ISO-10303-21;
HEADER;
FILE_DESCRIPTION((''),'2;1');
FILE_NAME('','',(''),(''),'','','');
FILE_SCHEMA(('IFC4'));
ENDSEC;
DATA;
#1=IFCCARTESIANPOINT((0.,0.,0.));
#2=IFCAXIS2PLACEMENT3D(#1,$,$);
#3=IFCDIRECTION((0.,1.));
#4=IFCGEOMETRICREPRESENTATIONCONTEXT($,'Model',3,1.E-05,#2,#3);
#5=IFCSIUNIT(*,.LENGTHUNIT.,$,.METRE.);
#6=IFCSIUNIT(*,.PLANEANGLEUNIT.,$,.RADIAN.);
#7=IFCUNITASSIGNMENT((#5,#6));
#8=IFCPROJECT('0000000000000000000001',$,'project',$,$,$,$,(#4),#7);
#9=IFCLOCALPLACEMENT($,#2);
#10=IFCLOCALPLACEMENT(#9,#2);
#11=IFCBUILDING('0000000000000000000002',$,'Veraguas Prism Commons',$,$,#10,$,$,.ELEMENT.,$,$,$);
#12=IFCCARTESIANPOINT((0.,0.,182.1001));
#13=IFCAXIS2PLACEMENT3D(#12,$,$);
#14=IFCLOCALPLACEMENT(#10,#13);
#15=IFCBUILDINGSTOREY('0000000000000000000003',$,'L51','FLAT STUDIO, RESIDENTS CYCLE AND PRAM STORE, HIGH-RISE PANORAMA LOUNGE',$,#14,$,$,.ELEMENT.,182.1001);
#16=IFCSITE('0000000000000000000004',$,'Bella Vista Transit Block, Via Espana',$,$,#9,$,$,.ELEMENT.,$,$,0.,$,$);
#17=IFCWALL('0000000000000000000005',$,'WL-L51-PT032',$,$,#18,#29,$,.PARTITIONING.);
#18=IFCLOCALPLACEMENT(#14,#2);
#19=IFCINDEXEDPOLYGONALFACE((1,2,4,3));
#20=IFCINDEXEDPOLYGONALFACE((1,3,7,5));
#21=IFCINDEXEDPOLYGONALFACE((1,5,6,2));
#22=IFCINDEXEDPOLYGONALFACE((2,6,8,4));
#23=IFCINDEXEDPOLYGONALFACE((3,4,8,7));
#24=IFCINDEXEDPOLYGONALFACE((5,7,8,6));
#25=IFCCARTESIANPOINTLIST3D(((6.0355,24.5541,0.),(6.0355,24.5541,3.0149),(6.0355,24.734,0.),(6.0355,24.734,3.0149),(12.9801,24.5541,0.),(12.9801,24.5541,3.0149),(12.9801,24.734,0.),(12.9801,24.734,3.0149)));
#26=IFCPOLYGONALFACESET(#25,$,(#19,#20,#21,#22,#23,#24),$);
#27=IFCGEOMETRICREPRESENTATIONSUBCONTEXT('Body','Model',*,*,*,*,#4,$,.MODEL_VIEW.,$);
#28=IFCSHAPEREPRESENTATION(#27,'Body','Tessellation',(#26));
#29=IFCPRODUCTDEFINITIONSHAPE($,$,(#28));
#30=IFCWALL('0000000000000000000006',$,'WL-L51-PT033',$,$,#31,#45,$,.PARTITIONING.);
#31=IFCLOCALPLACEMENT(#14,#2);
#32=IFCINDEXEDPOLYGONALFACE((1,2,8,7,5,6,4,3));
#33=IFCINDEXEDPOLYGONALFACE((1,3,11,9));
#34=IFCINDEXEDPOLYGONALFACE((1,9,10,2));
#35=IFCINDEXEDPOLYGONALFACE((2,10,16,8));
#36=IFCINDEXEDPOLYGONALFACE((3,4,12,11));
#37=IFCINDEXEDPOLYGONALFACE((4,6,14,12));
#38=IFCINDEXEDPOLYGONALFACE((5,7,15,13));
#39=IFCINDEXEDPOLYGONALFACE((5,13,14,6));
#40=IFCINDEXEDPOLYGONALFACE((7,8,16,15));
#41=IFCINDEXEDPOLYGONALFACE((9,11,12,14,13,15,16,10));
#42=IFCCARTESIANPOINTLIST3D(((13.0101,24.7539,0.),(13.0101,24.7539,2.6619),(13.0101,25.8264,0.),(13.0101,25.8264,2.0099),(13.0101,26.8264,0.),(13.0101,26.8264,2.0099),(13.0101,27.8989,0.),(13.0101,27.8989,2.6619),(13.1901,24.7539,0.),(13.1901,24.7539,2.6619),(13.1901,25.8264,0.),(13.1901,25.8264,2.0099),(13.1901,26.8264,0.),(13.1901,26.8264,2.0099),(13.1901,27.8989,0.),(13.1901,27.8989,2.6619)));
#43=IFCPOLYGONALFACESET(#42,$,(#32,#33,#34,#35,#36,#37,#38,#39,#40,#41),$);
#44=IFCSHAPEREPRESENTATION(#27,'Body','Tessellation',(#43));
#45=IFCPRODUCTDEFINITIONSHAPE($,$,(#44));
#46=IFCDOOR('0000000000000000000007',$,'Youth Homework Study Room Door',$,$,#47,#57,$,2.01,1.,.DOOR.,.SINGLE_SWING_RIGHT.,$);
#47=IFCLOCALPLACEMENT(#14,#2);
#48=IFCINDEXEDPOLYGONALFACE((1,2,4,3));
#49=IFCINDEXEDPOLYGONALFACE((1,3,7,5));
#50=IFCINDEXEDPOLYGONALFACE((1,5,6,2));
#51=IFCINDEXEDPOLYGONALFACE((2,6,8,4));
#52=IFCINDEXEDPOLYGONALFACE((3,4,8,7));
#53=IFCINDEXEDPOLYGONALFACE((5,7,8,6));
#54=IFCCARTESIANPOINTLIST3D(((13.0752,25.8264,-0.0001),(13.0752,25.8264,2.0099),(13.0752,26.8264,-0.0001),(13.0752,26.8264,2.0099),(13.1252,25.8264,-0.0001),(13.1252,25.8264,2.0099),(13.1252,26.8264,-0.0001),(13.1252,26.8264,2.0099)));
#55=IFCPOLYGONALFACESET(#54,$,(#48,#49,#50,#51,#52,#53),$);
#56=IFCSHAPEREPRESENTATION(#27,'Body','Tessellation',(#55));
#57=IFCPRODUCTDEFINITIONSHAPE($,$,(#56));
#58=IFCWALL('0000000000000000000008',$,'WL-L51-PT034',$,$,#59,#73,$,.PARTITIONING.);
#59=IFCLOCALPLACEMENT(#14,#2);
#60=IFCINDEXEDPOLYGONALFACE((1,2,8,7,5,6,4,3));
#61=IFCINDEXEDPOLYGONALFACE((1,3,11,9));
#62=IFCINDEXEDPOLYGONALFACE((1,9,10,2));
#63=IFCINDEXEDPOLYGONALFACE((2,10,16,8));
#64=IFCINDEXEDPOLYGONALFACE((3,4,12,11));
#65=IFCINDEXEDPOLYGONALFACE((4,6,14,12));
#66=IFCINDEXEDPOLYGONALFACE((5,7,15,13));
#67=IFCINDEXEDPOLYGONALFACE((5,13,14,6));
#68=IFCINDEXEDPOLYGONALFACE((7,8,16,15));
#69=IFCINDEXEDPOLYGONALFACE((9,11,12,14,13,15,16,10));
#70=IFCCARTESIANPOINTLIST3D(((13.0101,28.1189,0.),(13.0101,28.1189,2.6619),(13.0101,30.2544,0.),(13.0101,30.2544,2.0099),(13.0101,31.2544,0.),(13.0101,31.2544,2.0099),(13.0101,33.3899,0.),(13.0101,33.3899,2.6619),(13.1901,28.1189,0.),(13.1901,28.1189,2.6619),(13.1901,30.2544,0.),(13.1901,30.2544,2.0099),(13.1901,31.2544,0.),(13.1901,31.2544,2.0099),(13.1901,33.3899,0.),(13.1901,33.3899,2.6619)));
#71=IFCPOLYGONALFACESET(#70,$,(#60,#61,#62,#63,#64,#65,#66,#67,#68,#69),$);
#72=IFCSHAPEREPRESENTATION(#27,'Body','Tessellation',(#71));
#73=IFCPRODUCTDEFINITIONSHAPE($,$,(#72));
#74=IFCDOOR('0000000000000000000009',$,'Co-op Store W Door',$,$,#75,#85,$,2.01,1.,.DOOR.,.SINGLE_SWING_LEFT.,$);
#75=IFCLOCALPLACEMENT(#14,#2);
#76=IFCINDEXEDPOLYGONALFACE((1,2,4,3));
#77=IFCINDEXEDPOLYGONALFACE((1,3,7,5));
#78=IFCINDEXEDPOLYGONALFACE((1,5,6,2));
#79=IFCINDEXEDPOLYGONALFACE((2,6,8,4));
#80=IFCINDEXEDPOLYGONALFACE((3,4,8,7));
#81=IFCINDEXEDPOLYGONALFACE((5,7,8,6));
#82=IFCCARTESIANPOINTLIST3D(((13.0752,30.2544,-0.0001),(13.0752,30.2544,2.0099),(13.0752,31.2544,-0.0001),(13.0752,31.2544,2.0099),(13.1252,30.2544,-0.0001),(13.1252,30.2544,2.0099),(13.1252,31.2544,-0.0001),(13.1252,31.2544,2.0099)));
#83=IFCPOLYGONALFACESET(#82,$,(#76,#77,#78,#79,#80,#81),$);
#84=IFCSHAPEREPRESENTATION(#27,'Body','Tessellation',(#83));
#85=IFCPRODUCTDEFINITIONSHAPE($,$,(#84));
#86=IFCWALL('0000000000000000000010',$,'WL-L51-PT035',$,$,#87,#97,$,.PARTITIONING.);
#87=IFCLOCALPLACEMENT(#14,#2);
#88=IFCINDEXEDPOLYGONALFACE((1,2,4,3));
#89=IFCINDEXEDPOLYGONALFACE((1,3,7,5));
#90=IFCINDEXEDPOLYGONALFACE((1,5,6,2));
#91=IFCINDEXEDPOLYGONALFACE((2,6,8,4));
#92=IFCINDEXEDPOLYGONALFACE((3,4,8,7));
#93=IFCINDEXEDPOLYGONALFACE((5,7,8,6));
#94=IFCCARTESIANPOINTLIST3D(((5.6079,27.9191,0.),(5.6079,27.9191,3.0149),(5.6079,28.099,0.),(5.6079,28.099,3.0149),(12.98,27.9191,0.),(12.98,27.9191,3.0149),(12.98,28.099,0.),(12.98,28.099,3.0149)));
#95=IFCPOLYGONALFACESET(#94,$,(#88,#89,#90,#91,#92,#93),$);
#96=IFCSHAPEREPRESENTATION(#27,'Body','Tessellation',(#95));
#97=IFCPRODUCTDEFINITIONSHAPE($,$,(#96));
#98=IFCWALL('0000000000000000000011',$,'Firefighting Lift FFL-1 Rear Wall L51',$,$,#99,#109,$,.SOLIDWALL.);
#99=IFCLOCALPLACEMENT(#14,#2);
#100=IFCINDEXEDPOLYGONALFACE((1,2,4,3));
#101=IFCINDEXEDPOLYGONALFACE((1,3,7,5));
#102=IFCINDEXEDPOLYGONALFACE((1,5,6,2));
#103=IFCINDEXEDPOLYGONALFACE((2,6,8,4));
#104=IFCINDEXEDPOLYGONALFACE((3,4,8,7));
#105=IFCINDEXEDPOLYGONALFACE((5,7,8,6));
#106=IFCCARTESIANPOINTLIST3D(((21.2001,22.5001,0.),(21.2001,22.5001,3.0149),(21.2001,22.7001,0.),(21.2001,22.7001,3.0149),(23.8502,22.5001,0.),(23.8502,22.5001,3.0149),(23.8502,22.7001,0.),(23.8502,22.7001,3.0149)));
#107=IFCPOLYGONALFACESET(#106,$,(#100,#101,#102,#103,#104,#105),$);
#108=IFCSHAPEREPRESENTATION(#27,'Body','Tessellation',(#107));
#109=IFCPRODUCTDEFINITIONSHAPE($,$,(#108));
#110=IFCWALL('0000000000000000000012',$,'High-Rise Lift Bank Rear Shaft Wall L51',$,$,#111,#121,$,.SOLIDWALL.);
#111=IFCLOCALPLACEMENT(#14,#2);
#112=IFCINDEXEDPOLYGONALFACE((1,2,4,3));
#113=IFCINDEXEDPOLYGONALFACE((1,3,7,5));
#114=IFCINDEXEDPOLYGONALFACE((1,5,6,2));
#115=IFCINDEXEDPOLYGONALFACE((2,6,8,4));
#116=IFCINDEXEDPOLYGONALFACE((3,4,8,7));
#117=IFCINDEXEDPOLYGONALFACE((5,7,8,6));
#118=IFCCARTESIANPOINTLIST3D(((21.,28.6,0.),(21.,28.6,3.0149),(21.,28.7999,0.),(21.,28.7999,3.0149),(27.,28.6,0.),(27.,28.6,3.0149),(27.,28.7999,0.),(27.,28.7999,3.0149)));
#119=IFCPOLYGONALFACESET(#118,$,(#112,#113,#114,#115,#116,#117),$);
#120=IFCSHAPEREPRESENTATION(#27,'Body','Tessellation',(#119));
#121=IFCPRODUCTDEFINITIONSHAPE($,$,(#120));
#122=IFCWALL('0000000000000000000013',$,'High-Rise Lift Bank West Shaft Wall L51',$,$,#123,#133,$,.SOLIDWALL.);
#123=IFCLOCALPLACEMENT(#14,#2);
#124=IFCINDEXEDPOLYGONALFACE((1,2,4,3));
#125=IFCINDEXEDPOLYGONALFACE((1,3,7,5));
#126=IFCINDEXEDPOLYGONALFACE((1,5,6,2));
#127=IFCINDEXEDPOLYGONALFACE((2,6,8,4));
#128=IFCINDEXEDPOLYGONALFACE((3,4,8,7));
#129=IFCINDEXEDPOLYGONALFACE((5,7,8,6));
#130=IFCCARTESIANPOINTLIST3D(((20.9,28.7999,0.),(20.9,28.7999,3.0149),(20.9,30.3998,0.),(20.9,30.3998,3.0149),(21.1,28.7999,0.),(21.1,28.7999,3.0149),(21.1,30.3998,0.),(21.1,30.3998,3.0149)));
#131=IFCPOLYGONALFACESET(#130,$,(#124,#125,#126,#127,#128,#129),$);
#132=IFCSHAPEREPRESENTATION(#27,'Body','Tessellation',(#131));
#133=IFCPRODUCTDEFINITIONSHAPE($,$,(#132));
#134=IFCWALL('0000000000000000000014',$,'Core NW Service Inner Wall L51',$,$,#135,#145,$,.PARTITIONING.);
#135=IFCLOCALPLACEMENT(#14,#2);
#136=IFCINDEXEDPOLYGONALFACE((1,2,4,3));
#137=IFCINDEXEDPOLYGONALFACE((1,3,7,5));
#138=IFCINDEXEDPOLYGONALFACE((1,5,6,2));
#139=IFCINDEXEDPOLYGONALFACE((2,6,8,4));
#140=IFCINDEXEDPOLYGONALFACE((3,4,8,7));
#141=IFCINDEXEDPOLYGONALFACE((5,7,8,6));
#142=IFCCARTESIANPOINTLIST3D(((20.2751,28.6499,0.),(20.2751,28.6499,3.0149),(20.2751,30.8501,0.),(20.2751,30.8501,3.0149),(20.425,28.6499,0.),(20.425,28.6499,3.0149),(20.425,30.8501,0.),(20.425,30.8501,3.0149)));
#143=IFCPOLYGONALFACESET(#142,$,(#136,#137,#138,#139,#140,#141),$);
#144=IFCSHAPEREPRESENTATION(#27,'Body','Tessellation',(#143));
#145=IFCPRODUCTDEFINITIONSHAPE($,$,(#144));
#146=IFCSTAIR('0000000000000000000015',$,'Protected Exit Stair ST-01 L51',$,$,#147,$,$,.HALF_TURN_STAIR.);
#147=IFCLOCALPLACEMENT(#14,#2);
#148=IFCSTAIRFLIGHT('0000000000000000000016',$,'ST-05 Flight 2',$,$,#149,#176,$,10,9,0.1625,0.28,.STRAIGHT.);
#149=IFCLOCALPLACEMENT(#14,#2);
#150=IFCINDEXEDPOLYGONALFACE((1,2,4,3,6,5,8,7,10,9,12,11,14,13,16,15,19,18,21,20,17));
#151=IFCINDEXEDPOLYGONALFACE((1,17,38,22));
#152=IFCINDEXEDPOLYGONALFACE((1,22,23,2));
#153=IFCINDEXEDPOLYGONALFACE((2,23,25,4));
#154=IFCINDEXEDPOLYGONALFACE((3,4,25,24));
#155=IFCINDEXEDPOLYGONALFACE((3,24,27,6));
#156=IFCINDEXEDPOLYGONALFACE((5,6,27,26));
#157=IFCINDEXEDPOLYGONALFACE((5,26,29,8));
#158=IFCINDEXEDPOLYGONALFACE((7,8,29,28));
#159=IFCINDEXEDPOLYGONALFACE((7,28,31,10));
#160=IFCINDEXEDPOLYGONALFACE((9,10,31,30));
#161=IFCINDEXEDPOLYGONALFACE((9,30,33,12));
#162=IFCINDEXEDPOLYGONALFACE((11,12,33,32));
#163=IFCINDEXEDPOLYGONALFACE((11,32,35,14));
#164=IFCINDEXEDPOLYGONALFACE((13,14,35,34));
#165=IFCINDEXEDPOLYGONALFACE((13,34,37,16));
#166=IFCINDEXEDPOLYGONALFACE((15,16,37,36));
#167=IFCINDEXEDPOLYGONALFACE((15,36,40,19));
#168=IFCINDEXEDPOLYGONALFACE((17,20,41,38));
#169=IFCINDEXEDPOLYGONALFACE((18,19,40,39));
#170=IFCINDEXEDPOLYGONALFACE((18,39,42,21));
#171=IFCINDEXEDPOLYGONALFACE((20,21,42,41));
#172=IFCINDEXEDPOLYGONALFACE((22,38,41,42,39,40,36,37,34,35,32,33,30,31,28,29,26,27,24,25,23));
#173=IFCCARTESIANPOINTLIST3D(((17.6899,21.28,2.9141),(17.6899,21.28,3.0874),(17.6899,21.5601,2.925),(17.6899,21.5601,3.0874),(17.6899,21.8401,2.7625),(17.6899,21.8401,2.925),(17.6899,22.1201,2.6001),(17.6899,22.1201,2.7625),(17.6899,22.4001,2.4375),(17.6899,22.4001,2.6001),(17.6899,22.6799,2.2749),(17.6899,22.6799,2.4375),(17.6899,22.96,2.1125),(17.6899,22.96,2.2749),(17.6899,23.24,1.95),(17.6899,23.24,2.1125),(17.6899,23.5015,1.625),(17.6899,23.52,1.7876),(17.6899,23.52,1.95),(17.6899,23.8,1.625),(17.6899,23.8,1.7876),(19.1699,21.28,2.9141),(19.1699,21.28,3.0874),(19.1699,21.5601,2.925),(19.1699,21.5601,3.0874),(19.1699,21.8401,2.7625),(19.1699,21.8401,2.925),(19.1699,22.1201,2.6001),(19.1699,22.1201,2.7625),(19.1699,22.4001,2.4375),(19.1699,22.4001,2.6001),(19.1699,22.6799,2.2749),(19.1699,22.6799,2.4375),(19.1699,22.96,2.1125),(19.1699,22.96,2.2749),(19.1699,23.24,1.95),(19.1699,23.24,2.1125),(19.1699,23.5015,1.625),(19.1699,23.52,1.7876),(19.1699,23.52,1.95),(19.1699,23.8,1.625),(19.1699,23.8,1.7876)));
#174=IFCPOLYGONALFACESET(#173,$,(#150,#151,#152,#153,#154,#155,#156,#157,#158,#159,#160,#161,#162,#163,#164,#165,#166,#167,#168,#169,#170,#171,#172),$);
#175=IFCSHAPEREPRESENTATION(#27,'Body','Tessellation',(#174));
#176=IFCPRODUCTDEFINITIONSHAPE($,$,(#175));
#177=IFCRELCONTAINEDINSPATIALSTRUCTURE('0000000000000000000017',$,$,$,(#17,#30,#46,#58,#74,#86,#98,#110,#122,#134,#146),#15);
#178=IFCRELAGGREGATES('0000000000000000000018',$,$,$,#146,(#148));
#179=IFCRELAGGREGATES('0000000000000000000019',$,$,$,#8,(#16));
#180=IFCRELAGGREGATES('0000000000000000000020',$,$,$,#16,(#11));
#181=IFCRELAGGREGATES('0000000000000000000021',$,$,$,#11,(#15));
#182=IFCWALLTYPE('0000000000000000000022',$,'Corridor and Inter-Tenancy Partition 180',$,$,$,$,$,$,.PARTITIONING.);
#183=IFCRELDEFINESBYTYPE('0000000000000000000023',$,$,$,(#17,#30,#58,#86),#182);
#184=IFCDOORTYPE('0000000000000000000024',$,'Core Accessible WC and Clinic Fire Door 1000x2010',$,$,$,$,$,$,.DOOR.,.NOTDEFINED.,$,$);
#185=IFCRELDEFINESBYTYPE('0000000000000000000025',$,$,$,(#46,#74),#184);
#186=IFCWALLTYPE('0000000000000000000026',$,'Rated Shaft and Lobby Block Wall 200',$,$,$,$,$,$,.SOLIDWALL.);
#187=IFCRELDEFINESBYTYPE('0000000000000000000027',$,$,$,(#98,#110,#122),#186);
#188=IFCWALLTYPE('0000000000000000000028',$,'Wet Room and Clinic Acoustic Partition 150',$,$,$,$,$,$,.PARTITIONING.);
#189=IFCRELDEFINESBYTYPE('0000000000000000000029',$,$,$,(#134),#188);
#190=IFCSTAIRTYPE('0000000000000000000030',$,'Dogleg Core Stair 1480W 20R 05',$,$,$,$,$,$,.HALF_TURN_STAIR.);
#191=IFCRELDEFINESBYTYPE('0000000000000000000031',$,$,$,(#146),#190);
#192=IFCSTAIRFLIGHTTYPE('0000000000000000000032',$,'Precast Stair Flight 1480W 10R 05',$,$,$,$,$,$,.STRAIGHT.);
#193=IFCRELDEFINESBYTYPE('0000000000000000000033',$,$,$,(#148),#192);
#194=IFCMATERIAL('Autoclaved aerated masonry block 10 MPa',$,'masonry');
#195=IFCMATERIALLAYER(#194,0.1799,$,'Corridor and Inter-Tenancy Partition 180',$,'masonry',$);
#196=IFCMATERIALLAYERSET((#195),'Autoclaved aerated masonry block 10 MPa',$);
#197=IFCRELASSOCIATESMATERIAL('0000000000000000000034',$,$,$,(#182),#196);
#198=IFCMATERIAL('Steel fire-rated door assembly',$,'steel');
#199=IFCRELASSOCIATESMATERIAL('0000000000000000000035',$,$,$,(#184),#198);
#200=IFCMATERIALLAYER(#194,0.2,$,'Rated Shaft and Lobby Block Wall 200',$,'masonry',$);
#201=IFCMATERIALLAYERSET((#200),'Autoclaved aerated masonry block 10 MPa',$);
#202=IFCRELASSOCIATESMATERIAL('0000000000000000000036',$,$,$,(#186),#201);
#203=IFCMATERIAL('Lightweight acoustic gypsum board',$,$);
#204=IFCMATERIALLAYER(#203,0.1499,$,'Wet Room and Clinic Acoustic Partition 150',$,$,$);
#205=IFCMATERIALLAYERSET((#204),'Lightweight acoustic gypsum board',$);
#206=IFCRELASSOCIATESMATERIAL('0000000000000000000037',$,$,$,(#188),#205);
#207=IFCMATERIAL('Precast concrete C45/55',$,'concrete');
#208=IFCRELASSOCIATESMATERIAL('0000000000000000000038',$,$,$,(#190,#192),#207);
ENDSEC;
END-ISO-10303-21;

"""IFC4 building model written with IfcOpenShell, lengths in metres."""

from ifc_helpers import new_model, si_unit, direction, frame, frame_2d, origin, place, context, subcontext, project, spatial, polyline, rectangle, outline, extrude, source, transform, mapped, material, layer, layer_set, type_object, element, fill, aggregate, save


model = new_model("IFC4")

# Units and contexts
model_context = context("Model", 3, precision=1e-05, world=origin(), true_north=direction((0.0, 1.0)))
body_context = subcontext(model_context, "Body", "Model", "MODEL_VIEW")
ifc_project = project(units=[si_unit("LENGTHUNIT", "METRE"), si_unit("PLANEANGLEUNIT", "RADIAN")], contexts=[model_context])

# Site, building, storey
site_placement = place(None, origin())
site = spatial("IfcSite", under=ifc_project, at=site_placement, Name="Bella Vista Transit Block, Via Espana", CompositionType="ELEMENT", RefElevation=0.0)
building_placement = place(site_placement, origin())
building = spatial("IfcBuilding", under=site, at=building_placement, Name="Veraguas Prism Commons", CompositionType="ELEMENT")
storey_placement = place(building_placement, frame((0.0, 0.0, 182.1001)))
storey = spatial("IfcBuildingStorey", under=building, at=storey_placement, Name="L51", Description="FLAT STUDIO, RESIDENTS CYCLE AND PRAM STORE, HIGH-RISE PANORAMA LOUNGE", CompositionType="ELEMENT", Elevation=182.1001)

# Shared definitions
ifc_material_1 = material(Name="Steel fire-rated door assembly", Category="steel")

# Wall
ifc_material_2 = material(Name="Autoclaved aerated masonry block 10 MPa", Category="masonry")
ifc_layer_1 = layer(ifc_material_2, 0.1799, Name="Corridor and Inter-Tenancy Partition 180", Category="masonry")
ifc_layer_set_1 = layer_set([ifc_layer_1], Name="Autoclaved aerated masonry block 10 MPa")
wall_type_1 = type_object("IfcWallType", Name="Corridor and Inter-Tenancy Partition 180", PredefinedType="PARTITIONING", material=ifc_layer_set_1)
wall_1_placement = place(storey_placement, frame((12.98, 24.644, 0.0), z_axis=(0.0, 0.0, 1.0), x_axis=(-1.0, 0.0, 0.0)))
element("IfcWall", 1, at=wall_1_placement, inside=storey, type_object=wall_type_1, Name="WL-L51-PT032", PredefinedType="PARTITIONING", context=body_context, shape_type="SweptSolid", body=[
    extrude(rectangle(XDim=6.9446, YDim=0.1799, at=frame_2d((3.4722, 0.0))), origin(), (0.0, 0.0, 1.0), 3.0149),
])

# Walls, openings, doors
wall_2_placement = place(storey_placement, frame((13.1001, 24.7539, 0.0), z_axis=(0.0, 0.0, 1.0), x_axis=(0.0, 1.0, 0.0)))
wall_2 = element("IfcWall", 2, at=wall_2_placement, inside=storey, type_object=wall_type_1, Name="WL-L51-PT033", PredefinedType="PARTITIONING", context=body_context, shape_type="SweptSolid", body=[
    extrude(rectangle(XDim=3.145, YDim=0.1799, at=frame_2d((1.5725, 0.0))), origin(), (0.0, 0.0, 1.0), 2.6619),
])
opening_1_placement = place(wall_2_placement, frame((1.0725, 0.0, 0.0)))
opening_1 = element("IfcOpeningElement", 3, at=opening_1_placement, cuts=wall_2, PredefinedType="OPENING", context=body_context, shape_type="SweptSolid", body=[
    extrude(rectangle(XDim=1.0, YDim=2.01, at=frame_2d((0.5, 1.0049))), frame((0.0, 0.0999, 0.0), z_axis=(0.0, -1.0, 0.0), x_axis=(1.0, 0.0, 0.0)), (0.0, 0.0, 1.0), 0.2),
])
door_type_1 = type_object("IfcDoorType", Name="Core Accessible WC and Clinic Fire Door 1000x2010", OperationType="NOTDEFINED", PredefinedType="DOOR", material=ifc_material_1)
shared_shape_1 = source(origin(), body_context, "Body", "SweptSolid", [
    extrude(rectangle(XDim=1.0, YDim=2.01, at=frame_2d((0.5, 1.0049))), frame((0.0, 0.0249, 0.0), z_axis=(0.0, -1.0, 0.0), x_axis=(1.0, 0.0, 0.0)), (0.0, 0.0, 1.0), 0.05),
])
door_1_placement = place(opening_1_placement, origin())
door_1 = element("IfcDoor", 4, at=door_1_placement, inside=storey, type_object=door_type_1, Name="Youth Homework Study Room Door", OperationType="SINGLE_SWING_RIGHT", OverallHeight=2.01, OverallWidth=1.0, PredefinedType="DOOR", context=body_context, shape_type="MappedRepresentation", body=[
    mapped(shared_shape_1, transform((0.0, 0.0, 0.0), scale=1.0)),
])
fill(opening_1, door_1)
wall_3_placement = place(storey_placement, frame((13.1001, 28.1189, 0.0), z_axis=(0.0, 0.0, 1.0), x_axis=(0.0, 1.0, 0.0)))
wall_3 = element("IfcWall", 5, at=wall_3_placement, inside=storey, type_object=wall_type_1, Name="WL-L51-PT034", PredefinedType="PARTITIONING", context=body_context, shape_type="SweptSolid", body=[
    extrude(rectangle(XDim=5.271, YDim=0.1799, at=frame_2d((2.6355, 0.0))), origin(), (0.0, 0.0, 1.0), 2.6619),
])
opening_2_placement = place(wall_3_placement, frame((2.1355, 0.0, 0.0)))
opening_2 = element("IfcOpeningElement", 6, at=opening_2_placement, cuts=wall_3, PredefinedType="OPENING", context=body_context, shape_type="SweptSolid", body=[
    extrude(rectangle(XDim=1.0, YDim=2.01, at=frame_2d((0.5, 1.0049))), frame((0.0, 0.0999, 0.0), z_axis=(0.0, -1.0, 0.0), x_axis=(1.0, 0.0, 0.0)), (0.0, 0.0, 1.0), 0.2),
])
door_2_placement = place(opening_2_placement, origin())
door_2 = element("IfcDoor", 7, at=door_2_placement, inside=storey, type_object=door_type_1, Name="Co-op Store W Door", OperationType="SINGLE_SWING_LEFT", OverallHeight=2.01, OverallWidth=1.0, PredefinedType="DOOR", context=body_context, shape_type="MappedRepresentation", body=[
    mapped(shared_shape_1, transform((0.0, 0.0, 0.0), scale=1.0)),
])
fill(opening_2, door_2)

# Walls
wall_4_placement = place(storey_placement, frame((12.98, 28.009, 0.0), z_axis=(0.0, 0.0, 1.0), x_axis=(-1.0, 0.0, 0.0)))
element("IfcWall", 8, at=wall_4_placement, inside=storey, type_object=wall_type_1, Name="WL-L51-PT035", PredefinedType="PARTITIONING", context=body_context, shape_type="SweptSolid", body=[
    extrude(rectangle(XDim=7.3721, YDim=0.1799, at=frame_2d((3.686, 0.0))), origin(), (0.0, 0.0, 1.0), 3.0149),
])
ifc_layer_2 = layer(ifc_material_2, 0.2, Name="Rated Shaft and Lobby Block Wall 200", Category="masonry")
ifc_layer_set_2 = layer_set([ifc_layer_2], Name="Autoclaved aerated masonry block 10 MPa")
wall_type_2 = type_object("IfcWallType", Name="Rated Shaft and Lobby Block Wall 200", PredefinedType="SOLIDWALL", material=ifc_layer_set_2)
wall_5_placement = place(storey_placement, frame((21.2, 22.6001, 0.0), z_axis=(0.0, 0.0, 1.0), x_axis=(1.0, 0.0, 0.0)))
element("IfcWall", 9, at=wall_5_placement, inside=storey, type_object=wall_type_2, Name="Firefighting Lift FFL-1 Rear Wall L51", PredefinedType="SOLIDWALL", context=body_context, shape_type="SweptSolid", body=[
    extrude(rectangle(XDim=2.6501, YDim=0.2, at=frame_2d((1.3252, 0.0))), origin(), (0.0, 0.0, 1.0), 3.0149),
])
wall_6_placement = place(storey_placement, frame((21.0, 28.7, 0.0), z_axis=(0.0, 0.0, 1.0), x_axis=(1.0, 0.0, 0.0)))
element("IfcWall", 10, at=wall_6_placement, inside=storey, type_object=wall_type_2, Name="High-Rise Lift Bank Rear Shaft Wall L51", PredefinedType="SOLIDWALL", context=body_context, shape_type="SweptSolid", body=[
    extrude(rectangle(XDim=6.0, YDim=0.2, at=frame_2d((3.0, 0.0))), origin(), (0.0, 0.0, 1.0), 3.0149),
])
wall_7_placement = place(storey_placement, frame((21.0, 28.8, 0.0), z_axis=(0.0, 0.0, 1.0), x_axis=(0.0, 1.0, 0.0)))
element("IfcWall", 11, at=wall_7_placement, inside=storey, type_object=wall_type_2, Name="High-Rise Lift Bank West Shaft Wall L51", PredefinedType="SOLIDWALL", context=body_context, shape_type="SweptSolid", body=[
    extrude(rectangle(XDim=1.5999, YDim=0.2, at=frame_2d((0.7998, 0.0))), origin(), (0.0, 0.0, 1.0), 3.0149),
])
ifc_material_3 = material(Name="Lightweight acoustic gypsum board")
ifc_layer_3 = layer(ifc_material_3, 0.1499, Name="Wet Room and Clinic Acoustic Partition 150")
ifc_layer_set_3 = layer_set([ifc_layer_3], Name="Lightweight acoustic gypsum board")
wall_type_3 = type_object("IfcWallType", Name="Wet Room and Clinic Acoustic Partition 150", PredefinedType="PARTITIONING", material=ifc_layer_set_3)
wall_8_placement = place(storey_placement, frame((20.3501, 28.6499, 0.0), z_axis=(0.0, 0.0, 1.0), x_axis=(0.0, 1.0, 0.0)))
element("IfcWall", 12, at=wall_8_placement, inside=storey, type_object=wall_type_3, Name="Core NW Service Inner Wall L51", PredefinedType="PARTITIONING", context=body_context, shape_type="SweptSolid", body=[
    extrude(rectangle(XDim=2.2002, YDim=0.1499, at=frame_2d((1.1001, 0.0))), origin(), (0.0, 0.0, 1.0), 3.0149),
])

# Stair, stair flight
ifc_material_4 = material(Name="Precast concrete C45/55", Category="concrete")
stair_type = type_object("IfcStairType", Name="Dogleg Core Stair 1480W 20R 05", PredefinedType="HALF_TURN_STAIR", material=ifc_material_4)
stair_placement = place(storey_placement, origin())
stair = element("IfcStair", 13, at=stair_placement, inside=storey, type_object=stair_type, Name="Protected Exit Stair ST-01 L51", PredefinedType="HALF_TURN_STAIR")
stair_flight_type = type_object("IfcStairFlightType", Name="Precast Stair Flight 1480W 10R 05", PredefinedType="STRAIGHT", material=ifc_material_4)
stair_flight_placement = place(storey_placement, frame((18.4299, 23.8, 1.625), z_axis=(0.0, 0.0, 1.0), x_axis=(0.0, -1.0, 0.0)))
stair_flight = element("IfcStairFlight", 14, at=stair_flight_placement, type_object=stair_flight_type, Name="ST-05 Flight 2", NumberOfRisers=10, NumberOfTreads=9, PredefinedType="STRAIGHT", RiserHeight=0.1625, TreadLength=0.28, context=body_context, shape_type="SweptSolid", body=[
    extrude(outline(polyline([(0.0, 0.0), (0.0, 0.1626), (0.28, 0.1626), (0.28, 0.325), (0.5601, 0.325), (0.5601, 0.4875), (0.8401, 0.4875), (0.8401, 0.6499), (1.1201, 0.6499), (1.1201, 0.8125), (1.3999, 0.8125), (1.3999, 0.9751), (1.6799, 0.9751), (1.6799, 1.1375), (1.96, 1.1375), (1.96, 1.3), (2.24, 1.3), (2.24, 1.4624), (2.52, 1.4624), (2.52, 1.625), (2.52, 1.2891), (0.2986, 0.0), (0.0, 0.0)])), frame((0.0, 0.74, 0.0), z_axis=(0.0, -1.0, 0.0), x_axis=(1.0, 0.0, 0.0)), (0.0, 0.0, 1.0), 1.48),
])
aggregate(stair, [stair_flight])

save(model, "model.ifc")
